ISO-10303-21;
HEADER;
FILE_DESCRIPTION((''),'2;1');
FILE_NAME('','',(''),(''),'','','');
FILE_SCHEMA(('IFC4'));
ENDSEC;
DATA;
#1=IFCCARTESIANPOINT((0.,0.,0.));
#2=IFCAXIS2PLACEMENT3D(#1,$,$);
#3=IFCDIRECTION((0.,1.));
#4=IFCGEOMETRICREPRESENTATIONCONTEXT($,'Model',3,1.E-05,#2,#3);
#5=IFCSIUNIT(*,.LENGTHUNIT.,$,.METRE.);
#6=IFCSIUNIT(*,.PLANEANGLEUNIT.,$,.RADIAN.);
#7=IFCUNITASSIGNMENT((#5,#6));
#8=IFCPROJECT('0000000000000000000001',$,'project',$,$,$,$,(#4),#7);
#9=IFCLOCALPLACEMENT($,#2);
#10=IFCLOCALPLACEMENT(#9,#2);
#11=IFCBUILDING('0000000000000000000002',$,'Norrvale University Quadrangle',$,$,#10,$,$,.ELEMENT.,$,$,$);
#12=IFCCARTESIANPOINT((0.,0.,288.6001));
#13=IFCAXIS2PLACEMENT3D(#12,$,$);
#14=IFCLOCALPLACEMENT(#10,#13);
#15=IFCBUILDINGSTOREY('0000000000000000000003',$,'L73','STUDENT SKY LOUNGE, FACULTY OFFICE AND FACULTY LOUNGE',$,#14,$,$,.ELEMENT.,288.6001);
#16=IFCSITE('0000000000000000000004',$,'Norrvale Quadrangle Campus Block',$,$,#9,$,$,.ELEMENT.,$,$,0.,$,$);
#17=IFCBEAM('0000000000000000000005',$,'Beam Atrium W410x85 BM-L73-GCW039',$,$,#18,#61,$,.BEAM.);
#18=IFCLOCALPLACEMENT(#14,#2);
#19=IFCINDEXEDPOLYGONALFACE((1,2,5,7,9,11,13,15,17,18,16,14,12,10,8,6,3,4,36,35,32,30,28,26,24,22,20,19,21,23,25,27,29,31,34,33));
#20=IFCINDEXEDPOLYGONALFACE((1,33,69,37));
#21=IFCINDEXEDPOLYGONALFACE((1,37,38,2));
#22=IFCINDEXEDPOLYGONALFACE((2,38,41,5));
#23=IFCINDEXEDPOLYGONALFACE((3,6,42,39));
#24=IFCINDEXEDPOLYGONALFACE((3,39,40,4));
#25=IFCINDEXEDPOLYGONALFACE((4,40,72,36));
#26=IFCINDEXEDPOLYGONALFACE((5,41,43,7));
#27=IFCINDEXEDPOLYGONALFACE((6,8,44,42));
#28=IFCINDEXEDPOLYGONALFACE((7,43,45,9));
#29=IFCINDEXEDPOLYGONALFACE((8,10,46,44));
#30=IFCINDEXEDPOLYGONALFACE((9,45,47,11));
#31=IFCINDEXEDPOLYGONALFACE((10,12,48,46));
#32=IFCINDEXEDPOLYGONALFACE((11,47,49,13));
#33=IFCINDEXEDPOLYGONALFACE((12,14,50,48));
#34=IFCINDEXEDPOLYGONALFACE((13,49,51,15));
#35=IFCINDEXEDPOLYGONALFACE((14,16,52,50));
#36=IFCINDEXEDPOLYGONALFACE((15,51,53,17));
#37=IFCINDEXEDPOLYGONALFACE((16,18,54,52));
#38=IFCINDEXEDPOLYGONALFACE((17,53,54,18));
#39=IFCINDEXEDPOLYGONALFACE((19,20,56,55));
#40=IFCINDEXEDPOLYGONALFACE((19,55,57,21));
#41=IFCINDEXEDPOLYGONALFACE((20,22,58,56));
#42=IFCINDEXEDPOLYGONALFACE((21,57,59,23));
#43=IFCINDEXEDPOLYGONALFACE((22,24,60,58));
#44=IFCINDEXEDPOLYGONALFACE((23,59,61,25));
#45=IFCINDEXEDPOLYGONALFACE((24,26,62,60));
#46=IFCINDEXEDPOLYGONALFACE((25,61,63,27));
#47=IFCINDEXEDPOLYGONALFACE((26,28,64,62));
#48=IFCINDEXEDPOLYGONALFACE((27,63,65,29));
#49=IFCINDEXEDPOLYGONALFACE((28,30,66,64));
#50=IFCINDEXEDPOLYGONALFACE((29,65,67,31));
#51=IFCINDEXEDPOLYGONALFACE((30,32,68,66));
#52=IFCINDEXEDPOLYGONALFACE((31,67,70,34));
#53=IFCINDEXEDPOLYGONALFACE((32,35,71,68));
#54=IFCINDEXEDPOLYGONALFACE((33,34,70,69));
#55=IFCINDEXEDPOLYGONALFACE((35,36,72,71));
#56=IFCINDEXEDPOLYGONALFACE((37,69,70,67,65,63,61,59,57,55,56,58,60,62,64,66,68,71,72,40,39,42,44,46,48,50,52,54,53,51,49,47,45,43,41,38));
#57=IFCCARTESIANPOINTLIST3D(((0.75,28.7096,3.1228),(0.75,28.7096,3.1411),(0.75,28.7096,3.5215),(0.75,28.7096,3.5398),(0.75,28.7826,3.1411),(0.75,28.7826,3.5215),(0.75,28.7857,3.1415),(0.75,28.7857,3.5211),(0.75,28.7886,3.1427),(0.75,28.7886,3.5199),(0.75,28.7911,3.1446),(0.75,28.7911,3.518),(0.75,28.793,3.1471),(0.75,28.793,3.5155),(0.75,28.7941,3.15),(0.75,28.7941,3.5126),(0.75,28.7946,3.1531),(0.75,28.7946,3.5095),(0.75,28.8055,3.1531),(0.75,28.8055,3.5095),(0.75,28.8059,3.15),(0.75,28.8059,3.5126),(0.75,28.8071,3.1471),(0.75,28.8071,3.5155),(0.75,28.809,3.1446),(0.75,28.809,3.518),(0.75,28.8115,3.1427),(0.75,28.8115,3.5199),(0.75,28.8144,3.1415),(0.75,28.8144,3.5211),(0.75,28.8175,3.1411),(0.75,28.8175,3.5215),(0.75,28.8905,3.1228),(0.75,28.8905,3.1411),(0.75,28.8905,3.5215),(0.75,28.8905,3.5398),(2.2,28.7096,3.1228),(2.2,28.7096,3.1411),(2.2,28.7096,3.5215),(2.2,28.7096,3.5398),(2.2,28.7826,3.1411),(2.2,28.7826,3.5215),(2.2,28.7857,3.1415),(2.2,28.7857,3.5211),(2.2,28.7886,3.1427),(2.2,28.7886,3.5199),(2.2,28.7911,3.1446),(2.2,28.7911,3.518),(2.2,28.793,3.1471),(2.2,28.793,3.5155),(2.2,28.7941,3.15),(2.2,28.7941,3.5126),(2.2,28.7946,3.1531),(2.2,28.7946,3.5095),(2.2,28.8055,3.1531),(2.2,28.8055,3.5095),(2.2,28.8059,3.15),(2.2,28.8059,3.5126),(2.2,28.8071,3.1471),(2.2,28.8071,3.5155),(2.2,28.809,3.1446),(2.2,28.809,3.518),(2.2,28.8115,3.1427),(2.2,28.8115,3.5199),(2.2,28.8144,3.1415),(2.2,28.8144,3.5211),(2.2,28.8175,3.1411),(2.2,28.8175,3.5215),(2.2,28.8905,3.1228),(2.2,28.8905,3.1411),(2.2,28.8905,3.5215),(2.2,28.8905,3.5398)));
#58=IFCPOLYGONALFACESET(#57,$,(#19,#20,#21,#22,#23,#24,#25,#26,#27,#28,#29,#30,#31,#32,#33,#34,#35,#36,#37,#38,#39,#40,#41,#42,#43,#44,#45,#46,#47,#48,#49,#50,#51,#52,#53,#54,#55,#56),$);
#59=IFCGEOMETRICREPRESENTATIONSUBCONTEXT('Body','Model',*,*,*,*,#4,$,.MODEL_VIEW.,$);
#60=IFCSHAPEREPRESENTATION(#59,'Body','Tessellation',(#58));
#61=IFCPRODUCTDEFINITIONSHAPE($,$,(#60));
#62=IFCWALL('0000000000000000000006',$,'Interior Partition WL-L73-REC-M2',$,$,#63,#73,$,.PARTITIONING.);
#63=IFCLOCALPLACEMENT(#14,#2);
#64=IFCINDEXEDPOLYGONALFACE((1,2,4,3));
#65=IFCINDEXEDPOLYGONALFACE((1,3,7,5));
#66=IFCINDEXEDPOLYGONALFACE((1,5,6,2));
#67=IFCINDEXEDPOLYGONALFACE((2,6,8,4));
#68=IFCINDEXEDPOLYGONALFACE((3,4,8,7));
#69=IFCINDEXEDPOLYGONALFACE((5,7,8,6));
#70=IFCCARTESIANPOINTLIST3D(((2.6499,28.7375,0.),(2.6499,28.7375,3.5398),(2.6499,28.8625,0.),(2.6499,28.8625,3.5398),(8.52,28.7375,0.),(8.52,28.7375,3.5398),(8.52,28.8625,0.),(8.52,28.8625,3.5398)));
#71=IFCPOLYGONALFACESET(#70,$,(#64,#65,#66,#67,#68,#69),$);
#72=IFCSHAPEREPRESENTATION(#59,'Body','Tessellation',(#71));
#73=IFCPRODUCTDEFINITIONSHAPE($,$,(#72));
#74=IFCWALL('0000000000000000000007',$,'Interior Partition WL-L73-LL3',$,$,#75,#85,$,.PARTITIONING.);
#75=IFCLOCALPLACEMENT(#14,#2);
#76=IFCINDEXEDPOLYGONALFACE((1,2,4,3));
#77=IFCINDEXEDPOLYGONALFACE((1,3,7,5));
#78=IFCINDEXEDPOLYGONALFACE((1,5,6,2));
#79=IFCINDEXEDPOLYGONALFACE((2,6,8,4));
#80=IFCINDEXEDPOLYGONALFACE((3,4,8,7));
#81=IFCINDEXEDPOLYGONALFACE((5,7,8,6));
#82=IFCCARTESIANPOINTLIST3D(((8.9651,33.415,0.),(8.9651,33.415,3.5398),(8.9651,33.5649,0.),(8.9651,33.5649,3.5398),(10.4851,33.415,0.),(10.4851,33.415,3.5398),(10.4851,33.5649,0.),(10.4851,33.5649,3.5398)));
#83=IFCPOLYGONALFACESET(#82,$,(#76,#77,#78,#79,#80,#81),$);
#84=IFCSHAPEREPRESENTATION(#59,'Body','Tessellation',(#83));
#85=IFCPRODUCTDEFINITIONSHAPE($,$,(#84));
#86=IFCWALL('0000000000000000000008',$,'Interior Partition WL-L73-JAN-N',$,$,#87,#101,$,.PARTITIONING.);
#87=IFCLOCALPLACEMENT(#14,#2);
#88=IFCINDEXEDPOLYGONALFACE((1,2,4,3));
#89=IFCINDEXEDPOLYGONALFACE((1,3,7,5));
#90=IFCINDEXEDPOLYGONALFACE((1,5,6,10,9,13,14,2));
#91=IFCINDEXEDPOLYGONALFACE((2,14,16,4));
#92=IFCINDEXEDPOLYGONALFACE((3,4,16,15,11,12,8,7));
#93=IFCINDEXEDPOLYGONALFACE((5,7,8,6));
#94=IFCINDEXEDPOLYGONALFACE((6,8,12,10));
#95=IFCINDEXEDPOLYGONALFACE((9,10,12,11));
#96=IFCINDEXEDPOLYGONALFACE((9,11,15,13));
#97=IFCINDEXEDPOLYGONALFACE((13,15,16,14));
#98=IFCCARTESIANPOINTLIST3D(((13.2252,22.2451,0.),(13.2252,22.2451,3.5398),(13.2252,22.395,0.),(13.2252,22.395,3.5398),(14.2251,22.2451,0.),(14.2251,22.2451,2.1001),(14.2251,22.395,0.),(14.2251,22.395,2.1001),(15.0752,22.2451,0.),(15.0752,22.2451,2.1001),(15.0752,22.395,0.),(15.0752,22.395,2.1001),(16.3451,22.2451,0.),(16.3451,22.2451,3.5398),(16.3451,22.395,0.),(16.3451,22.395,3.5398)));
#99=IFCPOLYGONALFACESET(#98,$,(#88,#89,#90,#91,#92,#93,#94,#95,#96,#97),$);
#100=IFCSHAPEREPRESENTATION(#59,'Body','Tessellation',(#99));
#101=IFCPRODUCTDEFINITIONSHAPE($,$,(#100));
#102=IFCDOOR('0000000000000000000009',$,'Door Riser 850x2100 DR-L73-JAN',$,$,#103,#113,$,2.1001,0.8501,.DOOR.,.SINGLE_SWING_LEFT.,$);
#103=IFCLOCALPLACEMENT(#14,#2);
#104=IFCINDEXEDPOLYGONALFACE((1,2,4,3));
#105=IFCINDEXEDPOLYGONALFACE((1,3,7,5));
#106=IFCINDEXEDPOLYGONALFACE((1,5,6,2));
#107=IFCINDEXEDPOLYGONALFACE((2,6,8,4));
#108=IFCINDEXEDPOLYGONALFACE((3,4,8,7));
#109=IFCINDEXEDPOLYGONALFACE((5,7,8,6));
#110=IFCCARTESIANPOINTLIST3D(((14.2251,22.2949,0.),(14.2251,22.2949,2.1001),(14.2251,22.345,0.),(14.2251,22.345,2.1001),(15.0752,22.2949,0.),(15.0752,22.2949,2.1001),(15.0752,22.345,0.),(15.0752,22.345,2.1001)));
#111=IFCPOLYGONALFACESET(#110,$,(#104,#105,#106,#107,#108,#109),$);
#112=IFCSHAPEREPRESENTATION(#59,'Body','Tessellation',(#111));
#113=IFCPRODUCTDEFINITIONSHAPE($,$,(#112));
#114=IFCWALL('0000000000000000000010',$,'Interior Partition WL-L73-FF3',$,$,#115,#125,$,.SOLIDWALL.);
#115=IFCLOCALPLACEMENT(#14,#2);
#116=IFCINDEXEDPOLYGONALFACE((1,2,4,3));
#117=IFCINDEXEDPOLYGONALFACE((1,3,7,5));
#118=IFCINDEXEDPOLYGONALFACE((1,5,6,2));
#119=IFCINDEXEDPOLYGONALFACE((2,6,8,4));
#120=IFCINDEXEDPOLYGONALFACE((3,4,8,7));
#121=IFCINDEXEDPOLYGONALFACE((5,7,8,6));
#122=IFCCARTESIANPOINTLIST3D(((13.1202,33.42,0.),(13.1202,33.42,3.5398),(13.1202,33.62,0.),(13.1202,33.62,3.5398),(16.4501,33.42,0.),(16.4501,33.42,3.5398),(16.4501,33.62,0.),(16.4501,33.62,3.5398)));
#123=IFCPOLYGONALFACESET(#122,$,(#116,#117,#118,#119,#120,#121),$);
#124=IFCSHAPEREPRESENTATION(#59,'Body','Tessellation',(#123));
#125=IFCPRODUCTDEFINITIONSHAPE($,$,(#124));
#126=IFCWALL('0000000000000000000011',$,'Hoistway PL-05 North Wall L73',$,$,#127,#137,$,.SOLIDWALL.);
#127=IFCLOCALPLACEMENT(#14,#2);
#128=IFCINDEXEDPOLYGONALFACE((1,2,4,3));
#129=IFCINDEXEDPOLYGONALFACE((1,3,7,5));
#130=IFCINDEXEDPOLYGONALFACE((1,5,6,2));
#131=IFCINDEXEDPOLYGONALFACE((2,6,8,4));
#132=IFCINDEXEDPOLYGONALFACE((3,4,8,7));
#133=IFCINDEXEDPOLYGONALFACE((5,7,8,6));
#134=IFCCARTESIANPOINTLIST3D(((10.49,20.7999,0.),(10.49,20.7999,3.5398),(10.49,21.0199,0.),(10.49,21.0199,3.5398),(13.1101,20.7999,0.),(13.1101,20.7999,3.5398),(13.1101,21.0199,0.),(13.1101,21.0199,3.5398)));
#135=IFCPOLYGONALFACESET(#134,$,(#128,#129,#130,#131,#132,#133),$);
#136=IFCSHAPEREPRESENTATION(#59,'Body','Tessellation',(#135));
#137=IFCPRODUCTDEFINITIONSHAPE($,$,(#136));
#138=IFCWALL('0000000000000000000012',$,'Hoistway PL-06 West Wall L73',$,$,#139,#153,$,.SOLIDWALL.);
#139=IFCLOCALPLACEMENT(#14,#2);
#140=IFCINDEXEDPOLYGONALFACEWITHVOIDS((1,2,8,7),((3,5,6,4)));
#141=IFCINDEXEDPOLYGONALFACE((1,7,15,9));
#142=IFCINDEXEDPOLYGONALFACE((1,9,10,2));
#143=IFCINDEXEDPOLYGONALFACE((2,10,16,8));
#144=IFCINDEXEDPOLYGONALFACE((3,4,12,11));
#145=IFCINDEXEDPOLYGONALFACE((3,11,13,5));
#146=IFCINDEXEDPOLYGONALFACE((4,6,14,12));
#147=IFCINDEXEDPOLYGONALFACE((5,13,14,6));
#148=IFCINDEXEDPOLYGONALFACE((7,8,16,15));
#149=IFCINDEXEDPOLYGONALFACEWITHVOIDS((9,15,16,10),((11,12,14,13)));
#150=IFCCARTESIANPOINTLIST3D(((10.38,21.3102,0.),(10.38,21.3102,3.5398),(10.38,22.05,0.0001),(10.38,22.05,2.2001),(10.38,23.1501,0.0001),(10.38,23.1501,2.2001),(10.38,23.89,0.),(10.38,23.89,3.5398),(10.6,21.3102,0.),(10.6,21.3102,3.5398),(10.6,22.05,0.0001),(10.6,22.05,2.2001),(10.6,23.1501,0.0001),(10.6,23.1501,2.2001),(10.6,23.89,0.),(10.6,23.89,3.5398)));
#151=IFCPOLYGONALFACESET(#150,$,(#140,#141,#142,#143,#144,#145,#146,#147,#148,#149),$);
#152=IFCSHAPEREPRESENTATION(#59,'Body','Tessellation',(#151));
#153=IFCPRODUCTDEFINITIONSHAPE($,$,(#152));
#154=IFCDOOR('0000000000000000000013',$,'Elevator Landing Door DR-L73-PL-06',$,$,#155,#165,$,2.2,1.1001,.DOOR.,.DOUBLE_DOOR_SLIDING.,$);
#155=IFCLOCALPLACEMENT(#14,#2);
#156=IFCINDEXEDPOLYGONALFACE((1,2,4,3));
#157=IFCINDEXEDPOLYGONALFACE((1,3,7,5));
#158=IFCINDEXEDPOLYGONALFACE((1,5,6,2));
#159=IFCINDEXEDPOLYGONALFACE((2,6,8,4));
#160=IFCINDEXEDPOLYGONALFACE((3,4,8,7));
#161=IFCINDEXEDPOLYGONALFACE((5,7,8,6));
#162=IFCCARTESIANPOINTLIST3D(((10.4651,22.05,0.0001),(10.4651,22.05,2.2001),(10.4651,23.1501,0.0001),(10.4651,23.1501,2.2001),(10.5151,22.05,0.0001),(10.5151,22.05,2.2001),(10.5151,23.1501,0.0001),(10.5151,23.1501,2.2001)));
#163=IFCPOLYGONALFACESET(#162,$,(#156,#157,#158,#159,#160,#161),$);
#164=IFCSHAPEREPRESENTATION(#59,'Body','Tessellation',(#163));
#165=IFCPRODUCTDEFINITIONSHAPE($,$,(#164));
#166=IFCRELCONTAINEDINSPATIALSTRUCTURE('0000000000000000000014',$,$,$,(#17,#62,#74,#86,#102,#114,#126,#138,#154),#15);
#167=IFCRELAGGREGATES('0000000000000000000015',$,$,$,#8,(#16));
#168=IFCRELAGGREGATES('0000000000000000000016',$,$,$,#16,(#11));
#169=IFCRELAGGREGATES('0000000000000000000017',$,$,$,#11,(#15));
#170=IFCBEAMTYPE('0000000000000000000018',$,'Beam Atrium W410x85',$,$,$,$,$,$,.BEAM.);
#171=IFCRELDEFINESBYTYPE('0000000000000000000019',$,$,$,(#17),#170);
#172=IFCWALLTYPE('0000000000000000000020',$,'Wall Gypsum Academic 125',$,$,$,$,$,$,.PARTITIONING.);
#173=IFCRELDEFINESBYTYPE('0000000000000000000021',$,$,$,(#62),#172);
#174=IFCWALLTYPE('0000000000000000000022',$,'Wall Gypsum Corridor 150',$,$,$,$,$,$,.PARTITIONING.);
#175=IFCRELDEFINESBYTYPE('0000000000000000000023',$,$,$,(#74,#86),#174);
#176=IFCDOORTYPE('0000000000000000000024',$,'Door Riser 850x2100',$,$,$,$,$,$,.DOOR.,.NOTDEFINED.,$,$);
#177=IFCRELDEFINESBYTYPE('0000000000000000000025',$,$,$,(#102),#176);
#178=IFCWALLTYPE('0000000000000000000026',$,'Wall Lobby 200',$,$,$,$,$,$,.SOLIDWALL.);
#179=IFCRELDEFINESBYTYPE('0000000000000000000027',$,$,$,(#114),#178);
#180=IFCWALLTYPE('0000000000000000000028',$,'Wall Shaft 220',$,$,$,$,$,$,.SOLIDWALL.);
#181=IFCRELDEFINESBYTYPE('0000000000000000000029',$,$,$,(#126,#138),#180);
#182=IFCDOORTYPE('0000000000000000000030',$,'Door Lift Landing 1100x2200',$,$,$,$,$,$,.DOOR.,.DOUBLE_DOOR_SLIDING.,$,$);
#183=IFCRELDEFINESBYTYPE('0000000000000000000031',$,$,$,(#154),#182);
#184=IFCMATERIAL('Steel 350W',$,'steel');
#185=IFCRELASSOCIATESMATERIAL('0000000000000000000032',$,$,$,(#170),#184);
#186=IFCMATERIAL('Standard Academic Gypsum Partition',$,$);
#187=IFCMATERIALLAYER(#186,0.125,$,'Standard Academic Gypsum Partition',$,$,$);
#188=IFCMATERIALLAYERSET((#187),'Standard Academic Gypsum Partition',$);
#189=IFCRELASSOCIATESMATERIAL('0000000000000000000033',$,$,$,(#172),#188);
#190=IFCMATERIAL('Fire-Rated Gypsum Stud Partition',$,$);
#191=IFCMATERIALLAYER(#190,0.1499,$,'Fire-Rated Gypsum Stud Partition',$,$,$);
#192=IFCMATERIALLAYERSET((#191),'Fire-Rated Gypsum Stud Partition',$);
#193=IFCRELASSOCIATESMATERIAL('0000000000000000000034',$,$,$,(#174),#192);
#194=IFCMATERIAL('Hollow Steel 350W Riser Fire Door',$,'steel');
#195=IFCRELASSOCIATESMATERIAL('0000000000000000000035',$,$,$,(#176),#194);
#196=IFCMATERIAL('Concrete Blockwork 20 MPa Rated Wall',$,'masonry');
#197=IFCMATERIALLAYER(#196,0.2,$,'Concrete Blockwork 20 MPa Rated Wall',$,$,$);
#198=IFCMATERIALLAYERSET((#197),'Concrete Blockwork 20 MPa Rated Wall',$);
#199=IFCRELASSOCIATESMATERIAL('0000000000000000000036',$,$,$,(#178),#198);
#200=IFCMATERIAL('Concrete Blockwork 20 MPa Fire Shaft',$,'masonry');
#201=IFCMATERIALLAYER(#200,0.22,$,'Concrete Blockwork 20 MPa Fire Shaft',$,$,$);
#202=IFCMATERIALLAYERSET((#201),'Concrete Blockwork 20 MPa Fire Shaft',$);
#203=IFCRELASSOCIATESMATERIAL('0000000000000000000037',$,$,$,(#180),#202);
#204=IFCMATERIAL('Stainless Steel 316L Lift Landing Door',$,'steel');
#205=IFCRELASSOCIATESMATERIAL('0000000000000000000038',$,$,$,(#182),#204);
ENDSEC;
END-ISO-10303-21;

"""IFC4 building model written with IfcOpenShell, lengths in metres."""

from ifc_helpers import new_model, si_unit, direction, frame, frame_2d, origin, origin_2d, place, context, subcontext, project, spatial, rectangle, i_section, extrude, material, layer, layer_set, material_profile, profile_set, type_object, element, fill, save


model = new_model("IFC4")

# Units and contexts
model_context = context("Model", 3, precision=1e-05, world=origin(), true_north=direction((0.0, 1.0)))
body_context = subcontext(model_context, "Body", "Model", "MODEL_VIEW")
ifc_project = project(units=[si_unit("LENGTHUNIT", "METRE"), si_unit("PLANEANGLEUNIT", "RADIAN")], contexts=[model_context])

# Site, building, storey
site_placement = place(None, origin())
site = spatial("IfcSite", under=ifc_project, at=site_placement, Name="Norrvale Quadrangle Campus Block", CompositionType="ELEMENT", RefElevation=0.0)
building_placement = place(site_placement, origin())
building = spatial("IfcBuilding", under=site, at=building_placement, Name="Norrvale University Quadrangle", CompositionType="ELEMENT")
storey_placement = place(building_placement, frame((0.0, 0.0, 288.6001)))
storey = spatial("IfcBuildingStorey", under=building, at=storey_placement, Name="L73", Description="STUDENT SKY LOUNGE, FACULTY OFFICE AND FACULTY LOUNGE", CompositionType="ELEMENT", Elevation=288.6001)

# Beam
ifc_material_1 = material(Name="Steel 350W", Category="steel")
ifc_material_profile_1 = material_profile(ifc_material_1, i_section(OverallWidth=0.1809, OverallDepth=0.417, WebThickness=0.011, FlangeThickness=0.0183, FilletRadius=0.012, at=origin_2d()), Name="Steel 350W")
ifc_profile_set_1 = profile_set([ifc_material_profile_1], Name="Steel 350W")
beam_type = type_object("IfcBeamType", Name="Beam Atrium W410x85", PredefinedType="BEAM", material=ifc_profile_set_1)
for number, where, z_axis, x_axis, name in (
    (1, (0.75, 28.8, 3.3313), (1.0, 0.0, 0.0), (0.0, 1.0, 0.0), "Beam Atrium W410x85 BM-L73-GCW039"),
):
    element("IfcBeam", number, at=place(storey_placement, frame(where, z_axis=z_axis, x_axis=x_axis)), inside=storey, type_object=beam_type, Name=name, PredefinedType="BEAM", context=body_context, shape_type="SweptSolid", body=[
        extrude(i_section(OverallWidth=0.1809, OverallDepth=0.417, WebThickness=0.011, FlangeThickness=0.0183, FilletRadius=0.012, at=origin_2d()), origin(), (0.0, 0.0, 1.0), 1.45),
    ])

# Walls
ifc_material_2 = material(Name="Standard Academic Gypsum Partition")
ifc_layer_1 = layer(ifc_material_2, 0.125, Name="Standard Academic Gypsum Partition")
ifc_layer_set_1 = layer_set([ifc_layer_1], Name="Standard Academic Gypsum Partition")
wall_type_1 = type_object("IfcWallType", Name="Wall Gypsum Academic 125", PredefinedType="PARTITIONING", material=ifc_layer_set_1)
wall_1_placement = place(storey_placement, frame((2.6499, 28.8, 0.0), z_axis=(0.0, 0.0, 1.0), x_axis=(1.0, 0.0, 0.0)))
element("IfcWall", 2, at=wall_1_placement, inside=storey, type_object=wall_type_1, Name="Interior Partition WL-L73-REC-M2", PredefinedType="PARTITIONING", context=body_context, shape_type="SweptSolid", body=[
    extrude(rectangle(XDim=5.8701, YDim=0.125, at=frame_2d((2.9351, 0.0))), origin(), (0.0, 0.0, 1.0), 3.5398),
])
ifc_material_3 = material(Name="Fire-Rated Gypsum Stud Partition")
ifc_layer_2 = layer(ifc_material_3, 0.1499, Name="Fire-Rated Gypsum Stud Partition")
ifc_layer_set_2 = layer_set([ifc_layer_2], Name="Fire-Rated Gypsum Stud Partition")
wall_type_2 = type_object("IfcWallType", Name="Wall Gypsum Corridor 150", PredefinedType="PARTITIONING", material=ifc_layer_set_2)
wall_2_placement = place(storey_placement, frame((8.9651, 33.49, 0.0), z_axis=(0.0, 0.0, 1.0), x_axis=(1.0, 0.0, 0.0)))
element("IfcWall", 3, at=wall_2_placement, inside=storey, type_object=wall_type_2, Name="Interior Partition WL-L73-LL3", PredefinedType="PARTITIONING", context=body_context, shape_type="SweptSolid", body=[
    extrude(rectangle(XDim=1.52, YDim=0.1499, at=frame_2d((0.76, 0.0))), origin(), (0.0, 0.0, 1.0), 3.5398),
])

# Wall, opening, door
wall_3_placement = place(storey_placement, frame((13.2251, 22.3201, 0.0), z_axis=(0.0, 0.0, 1.0), x_axis=(1.0, 0.0, 0.0)))
wall_3 = element("IfcWall", 4, at=wall_3_placement, inside=storey, type_object=wall_type_2, Name="Interior Partition WL-L73-JAN-N", PredefinedType="PARTITIONING", context=body_context, shape_type="SweptSolid", body=[
    extrude(rectangle(XDim=3.1199, YDim=0.1499, at=frame_2d((1.5601, 0.0))), origin(), (0.0, 0.0, 1.0), 3.5398),
])
opening_1_placement = place(wall_3_placement, frame((1.0, 0.0, 0.0)))
opening_1 = element("IfcOpeningElement", 5, at=opening_1_placement, cuts=wall_3, PredefinedType="OPENING", context=body_context, shape_type="SweptSolid", body=[
    extrude(rectangle(XDim=0.8501, YDim=2.1001, at=frame_2d((0.425, 1.05))), frame((0.0, 0.0869, 0.0), z_axis=(0.0, -1.0, 0.0), x_axis=(1.0, 0.0, 0.0)), (0.0, 0.0, 1.0), 0.1738),
])
ifc_material_4 = material(Name="Hollow Steel 350W Riser Fire Door", Category="steel")
door_type_1 = type_object("IfcDoorType", Name="Door Riser 850x2100", OperationType="NOTDEFINED", PredefinedType="DOOR", material=ifc_material_4)
door_1_placement = place(opening_1_placement, origin())
door_1 = element("IfcDoor", 6, at=door_1_placement, inside=storey, type_object=door_type_1, Name="Door Riser 850x2100 DR-L73-JAN", OperationType="SINGLE_SWING_LEFT", OverallHeight=2.1001, OverallWidth=0.8501, PredefinedType="DOOR", context=body_context, shape_type="SweptSolid", body=[
    extrude(rectangle(XDim=0.8501, YDim=2.1001, at=frame_2d((0.425, 1.05))), frame((0.0, 0.0249, 0.0), z_axis=(0.0, -1.0, 0.0), x_axis=(1.0, 0.0, 0.0)), (0.0, 0.0, 1.0), 0.05),
])
fill(opening_1, door_1)

# Walls
ifc_material_5 = material(Name="Concrete Blockwork 20 MPa Rated Wall", Category="masonry")
ifc_layer_3 = layer(ifc_material_5, 0.2, Name="Concrete Blockwork 20 MPa Rated Wall")
ifc_layer_set_3 = layer_set([ifc_layer_3], Name="Concrete Blockwork 20 MPa Rated Wall")
wall_type_3 = type_object("IfcWallType", Name="Wall Lobby 200", PredefinedType="SOLIDWALL", material=ifc_layer_set_3)
wall_4_placement = place(storey_placement, frame((13.1201, 33.52, 0.0), z_axis=(0.0, 0.0, 1.0), x_axis=(1.0, 0.0, 0.0)))
element("IfcWall", 7, at=wall_4_placement, inside=storey, type_object=wall_type_3, Name="Interior Partition WL-L73-FF3", PredefinedType="SOLIDWALL", context=body_context, shape_type="SweptSolid", body=[
    extrude(rectangle(XDim=3.3298, YDim=0.2, at=frame_2d((1.665, 0.0))), origin(), (0.0, 0.0, 1.0), 3.5398),
])
ifc_material_6 = material(Name="Concrete Blockwork 20 MPa Fire Shaft", Category="masonry")
ifc_layer_4 = layer(ifc_material_6, 0.22, Name="Concrete Blockwork 20 MPa Fire Shaft")
ifc_layer_set_4 = layer_set([ifc_layer_4], Name="Concrete Blockwork 20 MPa Fire Shaft")
wall_type_4 = type_object("IfcWallType", Name="Wall Shaft 220", PredefinedType="SOLIDWALL", material=ifc_layer_set_4)
wall_5_placement = place(storey_placement, frame((10.49, 20.9099, 0.0), z_axis=(0.0, 0.0, 1.0), x_axis=(1.0, 0.0, 0.0)))
element("IfcWall", 8, at=wall_5_placement, inside=storey, type_object=wall_type_4, Name="Hoistway PL-05 North Wall L73", PredefinedType="SOLIDWALL", context=body_context, shape_type="SweptSolid", body=[
    extrude(rectangle(XDim=2.6201, YDim=0.22, at=frame_2d((1.3101, 0.0))), origin(), (0.0, 0.0, 1.0), 3.5398),
])

# Wall, opening, door
wall_6_placement = place(storey_placement, frame((10.49, 21.3101, 0.0), z_axis=(0.0, 0.0, 1.0), x_axis=(0.0, 1.0, 0.0)))
wall_6 = element("IfcWall", 9, at=wall_6_placement, inside=storey, type_object=wall_type_4, Name="Hoistway PL-06 West Wall L73", PredefinedType="SOLIDWALL", context=body_context, shape_type="SweptSolid", body=[
    extrude(rectangle(XDim=2.5798, YDim=0.22, at=frame_2d((1.29, 0.0))), origin(), (0.0, 0.0, 1.0), 3.5398),
])
opening_2_placement = place(wall_6_placement, frame((0.74, 0.0, 0.0)))
opening_2 = element("IfcOpeningElement", 10, at=opening_2_placement, cuts=wall_6, PredefinedType="OPENING", context=body_context, shape_type="SweptSolid", body=[
    extrude(rectangle(XDim=1.1001, YDim=2.2, at=frame_2d((0.55, 1.1001))), frame((0.0, 0.1221, 0.0), z_axis=(0.0, -1.0, 0.0), x_axis=(1.0, 0.0, 0.0)), (0.0, 0.0, 1.0), 0.2439),
])
ifc_material_7 = material(Name="Stainless Steel 316L Lift Landing Door", Category="steel")
door_type_2 = type_object("IfcDoorType", Name="Door Lift Landing 1100x2200", OperationType="DOUBLE_DOOR_SLIDING", PredefinedType="DOOR", material=ifc_material_7)
door_2_placement = place(opening_2_placement, origin())
door_2 = element("IfcDoor", 11, at=door_2_placement, inside=storey, type_object=door_type_2, Name="Elevator Landing Door DR-L73-PL-06", OperationType="DOUBLE_DOOR_SLIDING", OverallHeight=2.2, OverallWidth=1.1001, PredefinedType="DOOR", context=body_context, shape_type="SweptSolid", body=[
    extrude(rectangle(XDim=1.1001, YDim=2.2, at=frame_2d((0.55, 1.1001))), frame((0.0, 0.0249, 0.0), z_axis=(0.0, -1.0, 0.0), x_axis=(1.0, 0.0, 0.0)), (0.0, 0.0, 1.0), 0.05),
])
fill(opening_2, door_2)

save(model, "model.ifc")
